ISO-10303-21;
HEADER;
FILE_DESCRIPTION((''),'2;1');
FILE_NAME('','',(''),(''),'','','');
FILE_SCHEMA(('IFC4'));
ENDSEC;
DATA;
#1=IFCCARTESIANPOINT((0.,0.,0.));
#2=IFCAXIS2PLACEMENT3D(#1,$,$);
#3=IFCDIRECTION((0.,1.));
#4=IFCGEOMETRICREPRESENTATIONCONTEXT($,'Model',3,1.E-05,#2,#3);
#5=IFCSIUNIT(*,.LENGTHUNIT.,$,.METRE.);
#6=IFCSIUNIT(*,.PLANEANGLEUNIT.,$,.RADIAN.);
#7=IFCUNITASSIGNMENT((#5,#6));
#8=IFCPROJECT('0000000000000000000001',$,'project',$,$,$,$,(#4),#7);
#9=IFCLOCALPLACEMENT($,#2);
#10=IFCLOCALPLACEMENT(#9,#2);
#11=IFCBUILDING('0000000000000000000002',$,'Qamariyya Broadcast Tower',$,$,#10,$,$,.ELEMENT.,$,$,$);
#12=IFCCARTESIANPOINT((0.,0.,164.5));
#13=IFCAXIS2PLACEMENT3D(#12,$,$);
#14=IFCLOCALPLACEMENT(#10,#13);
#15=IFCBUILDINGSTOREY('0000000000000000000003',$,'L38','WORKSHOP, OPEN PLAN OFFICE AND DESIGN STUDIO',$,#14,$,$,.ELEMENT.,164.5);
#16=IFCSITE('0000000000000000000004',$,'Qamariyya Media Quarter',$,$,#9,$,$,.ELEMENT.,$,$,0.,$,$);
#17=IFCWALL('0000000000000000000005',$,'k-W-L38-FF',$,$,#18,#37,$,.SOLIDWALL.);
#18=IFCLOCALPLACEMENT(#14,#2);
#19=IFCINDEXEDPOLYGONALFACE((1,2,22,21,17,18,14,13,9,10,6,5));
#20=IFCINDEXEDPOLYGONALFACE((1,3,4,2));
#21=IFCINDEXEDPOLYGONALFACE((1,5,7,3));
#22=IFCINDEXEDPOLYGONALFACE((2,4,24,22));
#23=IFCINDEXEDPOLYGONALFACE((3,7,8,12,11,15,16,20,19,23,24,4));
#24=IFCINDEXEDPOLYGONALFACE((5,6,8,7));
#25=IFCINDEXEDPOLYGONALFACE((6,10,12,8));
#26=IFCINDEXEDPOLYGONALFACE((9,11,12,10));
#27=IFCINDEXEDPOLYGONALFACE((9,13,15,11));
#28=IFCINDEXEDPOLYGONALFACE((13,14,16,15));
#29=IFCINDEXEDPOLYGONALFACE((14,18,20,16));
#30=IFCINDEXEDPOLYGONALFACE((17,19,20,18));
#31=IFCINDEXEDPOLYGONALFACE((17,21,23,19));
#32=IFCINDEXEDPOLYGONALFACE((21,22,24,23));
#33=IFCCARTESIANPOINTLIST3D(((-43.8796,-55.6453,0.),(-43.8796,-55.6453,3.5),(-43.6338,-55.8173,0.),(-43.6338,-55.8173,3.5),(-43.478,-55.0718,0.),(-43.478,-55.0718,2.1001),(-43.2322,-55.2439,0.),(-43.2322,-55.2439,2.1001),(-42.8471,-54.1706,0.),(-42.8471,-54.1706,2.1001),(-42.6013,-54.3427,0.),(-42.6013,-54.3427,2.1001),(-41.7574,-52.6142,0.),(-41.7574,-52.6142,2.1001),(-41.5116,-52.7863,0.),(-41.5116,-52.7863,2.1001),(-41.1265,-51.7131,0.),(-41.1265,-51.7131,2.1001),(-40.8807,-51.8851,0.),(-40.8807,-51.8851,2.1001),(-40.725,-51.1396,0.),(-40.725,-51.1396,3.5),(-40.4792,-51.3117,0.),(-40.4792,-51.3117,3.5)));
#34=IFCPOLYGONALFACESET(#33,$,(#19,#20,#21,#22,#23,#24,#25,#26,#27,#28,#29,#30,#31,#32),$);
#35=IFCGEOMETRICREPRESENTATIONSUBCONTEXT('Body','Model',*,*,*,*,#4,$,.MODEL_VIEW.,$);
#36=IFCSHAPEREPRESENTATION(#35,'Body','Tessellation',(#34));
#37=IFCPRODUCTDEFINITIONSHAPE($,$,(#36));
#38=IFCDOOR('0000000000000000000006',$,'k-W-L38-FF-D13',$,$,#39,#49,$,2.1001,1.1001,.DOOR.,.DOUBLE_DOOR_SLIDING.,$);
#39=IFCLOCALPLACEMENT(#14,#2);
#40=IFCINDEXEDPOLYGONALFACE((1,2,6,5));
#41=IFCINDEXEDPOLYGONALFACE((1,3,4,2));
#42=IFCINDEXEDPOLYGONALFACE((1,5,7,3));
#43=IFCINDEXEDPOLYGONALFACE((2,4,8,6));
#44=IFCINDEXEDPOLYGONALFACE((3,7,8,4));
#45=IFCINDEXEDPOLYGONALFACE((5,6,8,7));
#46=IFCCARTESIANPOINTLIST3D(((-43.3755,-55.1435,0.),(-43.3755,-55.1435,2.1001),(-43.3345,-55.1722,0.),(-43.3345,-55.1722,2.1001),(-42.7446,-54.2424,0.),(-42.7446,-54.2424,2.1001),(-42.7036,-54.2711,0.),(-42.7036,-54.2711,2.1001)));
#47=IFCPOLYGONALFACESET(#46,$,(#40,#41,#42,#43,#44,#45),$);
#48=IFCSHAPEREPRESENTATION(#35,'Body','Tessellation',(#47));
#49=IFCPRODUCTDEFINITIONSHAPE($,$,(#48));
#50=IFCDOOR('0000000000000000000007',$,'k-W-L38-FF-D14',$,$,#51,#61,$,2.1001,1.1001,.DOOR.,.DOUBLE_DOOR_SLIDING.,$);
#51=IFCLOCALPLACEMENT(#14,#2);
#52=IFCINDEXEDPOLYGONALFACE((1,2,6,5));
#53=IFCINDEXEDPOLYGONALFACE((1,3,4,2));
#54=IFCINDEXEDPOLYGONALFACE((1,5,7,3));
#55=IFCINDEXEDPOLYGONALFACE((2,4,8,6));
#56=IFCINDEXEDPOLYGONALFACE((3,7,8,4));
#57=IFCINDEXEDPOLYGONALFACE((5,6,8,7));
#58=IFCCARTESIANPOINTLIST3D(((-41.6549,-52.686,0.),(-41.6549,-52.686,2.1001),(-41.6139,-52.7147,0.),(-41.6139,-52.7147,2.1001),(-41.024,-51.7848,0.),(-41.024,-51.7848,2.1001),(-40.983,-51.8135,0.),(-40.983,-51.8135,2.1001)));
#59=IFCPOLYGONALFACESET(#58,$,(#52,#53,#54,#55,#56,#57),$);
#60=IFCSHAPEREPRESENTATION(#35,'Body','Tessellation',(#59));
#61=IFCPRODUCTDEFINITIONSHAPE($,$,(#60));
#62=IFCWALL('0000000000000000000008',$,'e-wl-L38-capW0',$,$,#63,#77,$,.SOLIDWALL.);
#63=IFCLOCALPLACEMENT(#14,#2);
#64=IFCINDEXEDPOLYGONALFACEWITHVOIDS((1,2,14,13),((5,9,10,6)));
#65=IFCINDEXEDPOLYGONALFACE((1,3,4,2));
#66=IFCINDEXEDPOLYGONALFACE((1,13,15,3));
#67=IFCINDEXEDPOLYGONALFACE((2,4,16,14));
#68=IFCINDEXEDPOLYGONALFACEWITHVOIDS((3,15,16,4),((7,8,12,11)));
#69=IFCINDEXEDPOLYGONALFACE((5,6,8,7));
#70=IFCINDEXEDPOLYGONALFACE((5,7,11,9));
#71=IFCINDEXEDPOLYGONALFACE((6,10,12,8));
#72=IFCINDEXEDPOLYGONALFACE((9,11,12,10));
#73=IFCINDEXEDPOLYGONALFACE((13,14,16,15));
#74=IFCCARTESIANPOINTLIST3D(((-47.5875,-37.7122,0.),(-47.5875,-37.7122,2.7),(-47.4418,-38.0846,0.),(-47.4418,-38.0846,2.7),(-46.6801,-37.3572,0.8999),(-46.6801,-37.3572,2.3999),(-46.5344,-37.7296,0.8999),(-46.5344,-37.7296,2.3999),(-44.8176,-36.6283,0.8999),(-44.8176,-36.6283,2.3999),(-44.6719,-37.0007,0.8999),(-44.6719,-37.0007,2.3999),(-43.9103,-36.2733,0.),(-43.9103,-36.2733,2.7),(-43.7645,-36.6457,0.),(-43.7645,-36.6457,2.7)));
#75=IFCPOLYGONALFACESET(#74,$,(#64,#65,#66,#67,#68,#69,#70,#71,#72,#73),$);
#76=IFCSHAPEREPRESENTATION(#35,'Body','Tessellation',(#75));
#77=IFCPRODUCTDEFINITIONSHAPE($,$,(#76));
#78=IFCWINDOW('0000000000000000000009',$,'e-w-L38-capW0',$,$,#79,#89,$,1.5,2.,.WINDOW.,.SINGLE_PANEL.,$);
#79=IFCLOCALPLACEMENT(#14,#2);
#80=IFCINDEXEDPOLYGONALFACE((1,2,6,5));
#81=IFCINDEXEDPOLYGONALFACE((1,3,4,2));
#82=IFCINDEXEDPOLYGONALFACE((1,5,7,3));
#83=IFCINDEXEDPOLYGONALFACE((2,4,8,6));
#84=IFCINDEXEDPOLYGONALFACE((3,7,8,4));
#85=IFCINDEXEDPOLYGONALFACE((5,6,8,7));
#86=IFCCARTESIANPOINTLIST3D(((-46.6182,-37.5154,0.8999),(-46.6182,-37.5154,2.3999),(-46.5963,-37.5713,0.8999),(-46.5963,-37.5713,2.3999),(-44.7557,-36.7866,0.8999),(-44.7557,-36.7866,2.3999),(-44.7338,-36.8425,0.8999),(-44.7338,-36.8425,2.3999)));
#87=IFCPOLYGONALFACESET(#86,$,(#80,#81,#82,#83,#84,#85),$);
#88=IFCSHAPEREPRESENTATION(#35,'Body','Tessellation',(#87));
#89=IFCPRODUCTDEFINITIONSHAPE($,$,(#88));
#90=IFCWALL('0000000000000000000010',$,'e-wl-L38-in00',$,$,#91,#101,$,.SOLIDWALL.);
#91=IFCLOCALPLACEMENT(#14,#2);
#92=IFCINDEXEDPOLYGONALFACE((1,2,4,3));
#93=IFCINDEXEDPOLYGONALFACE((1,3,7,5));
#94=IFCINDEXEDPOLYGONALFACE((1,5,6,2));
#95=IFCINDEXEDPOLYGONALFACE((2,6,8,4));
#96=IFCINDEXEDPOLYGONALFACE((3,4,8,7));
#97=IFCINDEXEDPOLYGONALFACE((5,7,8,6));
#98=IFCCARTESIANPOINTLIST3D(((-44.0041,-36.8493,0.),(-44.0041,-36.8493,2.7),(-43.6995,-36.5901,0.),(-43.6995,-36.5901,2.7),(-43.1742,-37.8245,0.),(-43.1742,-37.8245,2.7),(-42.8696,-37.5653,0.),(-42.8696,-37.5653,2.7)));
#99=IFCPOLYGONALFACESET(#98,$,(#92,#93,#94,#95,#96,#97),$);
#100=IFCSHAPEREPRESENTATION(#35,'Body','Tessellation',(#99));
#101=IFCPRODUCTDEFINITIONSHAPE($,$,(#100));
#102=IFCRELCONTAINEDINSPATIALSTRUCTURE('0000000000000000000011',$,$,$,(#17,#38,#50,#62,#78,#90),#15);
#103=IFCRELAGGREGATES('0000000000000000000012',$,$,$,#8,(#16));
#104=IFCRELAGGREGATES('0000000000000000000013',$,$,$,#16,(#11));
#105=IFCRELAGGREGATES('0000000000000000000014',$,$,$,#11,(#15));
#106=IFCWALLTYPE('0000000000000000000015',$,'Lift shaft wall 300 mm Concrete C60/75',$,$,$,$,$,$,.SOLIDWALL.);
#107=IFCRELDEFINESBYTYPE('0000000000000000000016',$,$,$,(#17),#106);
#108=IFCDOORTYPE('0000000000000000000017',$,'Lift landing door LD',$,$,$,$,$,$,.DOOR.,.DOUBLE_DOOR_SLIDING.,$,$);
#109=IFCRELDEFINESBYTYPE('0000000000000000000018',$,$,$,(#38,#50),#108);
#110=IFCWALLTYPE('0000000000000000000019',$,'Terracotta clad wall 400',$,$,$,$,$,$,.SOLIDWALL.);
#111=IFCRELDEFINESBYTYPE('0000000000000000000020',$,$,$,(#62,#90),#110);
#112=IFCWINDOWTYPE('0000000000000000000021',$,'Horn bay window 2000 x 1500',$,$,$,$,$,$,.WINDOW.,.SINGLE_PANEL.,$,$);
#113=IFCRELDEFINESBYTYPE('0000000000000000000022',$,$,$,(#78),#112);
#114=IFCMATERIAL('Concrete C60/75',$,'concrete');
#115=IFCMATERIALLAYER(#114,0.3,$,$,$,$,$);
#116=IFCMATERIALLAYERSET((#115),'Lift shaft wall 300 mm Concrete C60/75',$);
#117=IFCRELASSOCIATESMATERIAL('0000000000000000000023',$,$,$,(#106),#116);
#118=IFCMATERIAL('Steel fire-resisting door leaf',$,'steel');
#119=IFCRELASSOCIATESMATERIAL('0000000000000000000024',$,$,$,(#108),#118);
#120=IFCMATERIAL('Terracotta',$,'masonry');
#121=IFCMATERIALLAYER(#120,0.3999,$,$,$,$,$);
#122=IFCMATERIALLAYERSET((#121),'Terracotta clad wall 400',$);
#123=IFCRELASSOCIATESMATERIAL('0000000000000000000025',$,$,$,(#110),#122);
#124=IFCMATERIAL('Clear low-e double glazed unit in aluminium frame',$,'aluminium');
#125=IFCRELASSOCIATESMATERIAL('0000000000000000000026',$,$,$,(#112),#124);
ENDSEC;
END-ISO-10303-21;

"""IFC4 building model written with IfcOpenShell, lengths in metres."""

from ifc_helpers import new_model, si_unit, direction, frame, frame_2d, origin, place, context, subcontext, project, spatial, rectangle, extrude, material, layer, layer_set, type_object, element, fill, save


model = new_model("IFC4")

# Units and contexts
model_context = context("Model", 3, precision=1e-05, world=origin(), true_north=direction((0.0, 1.0)))
body_context = subcontext(model_context, "Body", "Model", "MODEL_VIEW")
ifc_project = project(units=[si_unit("LENGTHUNIT", "METRE"), si_unit("PLANEANGLEUNIT", "RADIAN")], contexts=[model_context])

# Site, building, storey
site_placement = place(None, origin())
site = spatial("IfcSite", under=ifc_project, at=site_placement, Name="Qamariyya Media Quarter", CompositionType="ELEMENT", RefElevation=0.0)
building_placement = place(site_placement, origin())
building = spatial("IfcBuilding", under=site, at=building_placement, Name="Qamariyya Broadcast Tower", CompositionType="ELEMENT")
storey_placement = place(building_placement, frame((0.0, 0.0, 164.5)))
storey = spatial("IfcBuildingStorey", under=building, at=storey_placement, Name="L38", Description="WORKSHOP, OPEN PLAN OFFICE AND DESIGN STUDIO", CompositionType="ELEMENT", Elevation=164.5)

# Shared definitions
ifc_material_1 = material(Name="Concrete C60/75", Category="concrete")

# Wall, openings, doors
ifc_layer_1 = layer(ifc_material_1, 0.3)
ifc_layer_set_1 = layer_set([ifc_layer_1], Name="Lift shaft wall 300 mm Concrete C60/75")
wall_type_1 = type_object("IfcWallType", Name="Lift shaft wall 300 mm Concrete C60/75", PredefinedType="SOLIDWALL", material=ifc_layer_set_1)
wall_1_placement = place(storey_placement, frame((-43.7566, -55.7312, 0.0), z_axis=(0.0, 0.0, 1.0), x_axis=(0.573537, 0.81918, 0.0)))
wall_1 = element("IfcWall", 1, at=wall_1_placement, inside=storey, type_object=wall_type_1, Name="k-W-L38-FF", PredefinedType="SOLIDWALL", context=body_context, shape_type="SweptSolid", body=[
    extrude(rectangle(XDim=5.5002, YDim=0.3, at=frame_2d((2.75, 0.0))), origin(), (0.0, 0.0, 1.0), 3.5),
])
opening_1_placement = place(wall_1_placement, frame((0.7, 0.0, 0.0)))
opening_1 = element("IfcOpeningElement", 2, at=opening_1_placement, cuts=wall_1, PredefinedType="OPENING", context=body_context, shape_type="SweptSolid", body=[
    extrude(rectangle(XDim=1.1001, YDim=2.1001, at=frame_2d((0.55, 1.05))), frame((0.0, 0.1599, 0.0), z_axis=(0.0, -1.0, 0.0), x_axis=(1.0, 0.0, 0.0)), (0.0, 0.0, 1.0), 0.3201),
])
opening_2_placement = place(wall_1_placement, frame((3.7, 0.0, 0.0)))
opening_2 = element("IfcOpeningElement", 3, at=opening_2_placement, cuts=wall_1, PredefinedType="OPENING", context=body_context, shape_type="SweptSolid", body=[
    extrude(rectangle(XDim=1.1001, YDim=2.1001, at=frame_2d((0.55, 1.05))), frame((0.0, 0.1599, 0.0), z_axis=(0.0, -1.0, 0.0), x_axis=(1.0, 0.0, 0.0)), (0.0, 0.0, 1.0), 0.3201),
])
ifc_material_2 = material(Name="Steel fire-resisting door leaf", Category="steel")
door_type = type_object("IfcDoorType", Name="Lift landing door LD", OperationType="DOUBLE_DOOR_SLIDING", PredefinedType="DOOR", material=ifc_material_2)
door_1_placement = place(opening_1_placement, origin())
door_1 = element("IfcDoor", 4, at=door_1_placement, inside=storey, type_object=door_type, Name="k-W-L38-FF-D13", OperationType="DOUBLE_DOOR_SLIDING", OverallHeight=2.1001, OverallWidth=1.1001, PredefinedType="DOOR", context=body_context, shape_type="SweptSolid", body=[
    extrude(rectangle(XDim=1.1001, YDim=2.1001, at=frame_2d((0.55, 1.05))), frame((0.0, 0.0249, 0.0), z_axis=(0.0, -1.0, 0.0), x_axis=(1.0, 0.0, 0.0)), (0.0, 0.0, 1.0), 0.05),
])
fill(opening_1, door_1)
door_2_placement = place(opening_2_placement, origin())
door_2 = element("IfcDoor", 5, at=door_2_placement, inside=storey, type_object=door_type, Name="k-W-L38-FF-D14", OperationType="DOUBLE_DOOR_SLIDING", OverallHeight=2.1001, OverallWidth=1.1001, PredefinedType="DOOR", context=body_context, shape_type="SweptSolid", body=[
    extrude(rectangle(XDim=1.1001, YDim=2.1001, at=frame_2d((0.55, 1.05))), frame((0.0, 0.0249, 0.0), z_axis=(0.0, -1.0, 0.0), x_axis=(1.0, 0.0, 0.0)), (0.0, 0.0, 1.0), 0.05),
])
fill(opening_2, door_2)

# Wall, opening, window
ifc_material_3 = material(Name="Terracotta", Category="masonry")
ifc_layer_2 = layer(ifc_material_3, 0.3999)
ifc_layer_set_2 = layer_set([ifc_layer_2], Name="Terracotta clad wall 400")
wall_type_2 = type_object("IfcWallType", Name="Terracotta clad wall 400", PredefinedType="SOLIDWALL", material=ifc_layer_set_2)
wall_2_placement = place(storey_placement, frame((-43.8374, -36.4595, 0.0), z_axis=(0.0, 0.0, 1.0), x_axis=(-0.931239, -0.364409, 0.0)))
wall_2 = element("IfcWall", 6, at=wall_2_placement, inside=storey, type_object=wall_type_2, Name="e-wl-L38-capW0", PredefinedType="SOLIDWALL", context=body_context, shape_type="SweptSolid", body=[
    extrude(rectangle(XDim=3.9487, YDim=0.3999, at=frame_2d((1.9744, 0.0))), origin(), (0.0, 0.0, 1.0), 2.7),
])
opening_3_placement = place(wall_2_placement, frame((0.9744, 0.0, 0.8999)))
opening_3 = element("IfcOpeningElement", 7, at=opening_3_placement, cuts=wall_2, PredefinedType="OPENING", context=body_context, shape_type="SweptSolid", body=[
    extrude(rectangle(XDim=2.0, YDim=1.5, at=frame_2d((1.0, 0.75))), frame((0.0, 0.21, 0.0), z_axis=(0.0, -1.0, 0.0), x_axis=(1.0, 0.0, 0.0)), (0.0, 0.0, 1.0), 0.4199),
])
ifc_material_4 = material(Name="Clear low-e double glazed unit in aluminium frame", Category="aluminium")
window_type = type_object("IfcWindowType", Name="Horn bay window 2000 x 1500", PartitioningType="SINGLE_PANEL", PredefinedType="WINDOW", material=ifc_material_4)
window_placement = place(opening_3_placement, origin())
window = element("IfcWindow", 8, at=window_placement, inside=storey, type_object=window_type, Name="e-w-L38-capW0", OverallHeight=1.5, OverallWidth=2.0, PartitioningType="SINGLE_PANEL", PredefinedType="WINDOW", context=body_context, shape_type="SweptSolid", body=[
    extrude(rectangle(XDim=2.0, YDim=1.5, at=frame_2d((1.0, 0.75))), frame((0.0, 0.03, 0.0), z_axis=(0.0, -1.0, 0.0), x_axis=(1.0, 0.0, 0.0)), (0.0, 0.0, 1.0), 0.0601),
])
fill(opening_3, window)

# Wall
wall_3_placement = place(storey_placement, frame((-43.022, -37.6948, 0.0), z_axis=(0.0, 0.0, 1.0), x_axis=(-0.648102, 0.761553, 0.0)))
element("IfcWall", 9, at=wall_3_placement, inside=storey, type_object=wall_type_2, Name="e-wl-L38-in00", PredefinedType="SOLIDWALL", context=body_context, shape_type="SweptSolid", body=[
    extrude(rectangle(XDim=1.2805, YDim=0.3999, at=frame_2d((0.6401, 0.0))), origin(), (0.0, 0.0, 1.0), 2.7),
])

save(model, "model.ifc")
